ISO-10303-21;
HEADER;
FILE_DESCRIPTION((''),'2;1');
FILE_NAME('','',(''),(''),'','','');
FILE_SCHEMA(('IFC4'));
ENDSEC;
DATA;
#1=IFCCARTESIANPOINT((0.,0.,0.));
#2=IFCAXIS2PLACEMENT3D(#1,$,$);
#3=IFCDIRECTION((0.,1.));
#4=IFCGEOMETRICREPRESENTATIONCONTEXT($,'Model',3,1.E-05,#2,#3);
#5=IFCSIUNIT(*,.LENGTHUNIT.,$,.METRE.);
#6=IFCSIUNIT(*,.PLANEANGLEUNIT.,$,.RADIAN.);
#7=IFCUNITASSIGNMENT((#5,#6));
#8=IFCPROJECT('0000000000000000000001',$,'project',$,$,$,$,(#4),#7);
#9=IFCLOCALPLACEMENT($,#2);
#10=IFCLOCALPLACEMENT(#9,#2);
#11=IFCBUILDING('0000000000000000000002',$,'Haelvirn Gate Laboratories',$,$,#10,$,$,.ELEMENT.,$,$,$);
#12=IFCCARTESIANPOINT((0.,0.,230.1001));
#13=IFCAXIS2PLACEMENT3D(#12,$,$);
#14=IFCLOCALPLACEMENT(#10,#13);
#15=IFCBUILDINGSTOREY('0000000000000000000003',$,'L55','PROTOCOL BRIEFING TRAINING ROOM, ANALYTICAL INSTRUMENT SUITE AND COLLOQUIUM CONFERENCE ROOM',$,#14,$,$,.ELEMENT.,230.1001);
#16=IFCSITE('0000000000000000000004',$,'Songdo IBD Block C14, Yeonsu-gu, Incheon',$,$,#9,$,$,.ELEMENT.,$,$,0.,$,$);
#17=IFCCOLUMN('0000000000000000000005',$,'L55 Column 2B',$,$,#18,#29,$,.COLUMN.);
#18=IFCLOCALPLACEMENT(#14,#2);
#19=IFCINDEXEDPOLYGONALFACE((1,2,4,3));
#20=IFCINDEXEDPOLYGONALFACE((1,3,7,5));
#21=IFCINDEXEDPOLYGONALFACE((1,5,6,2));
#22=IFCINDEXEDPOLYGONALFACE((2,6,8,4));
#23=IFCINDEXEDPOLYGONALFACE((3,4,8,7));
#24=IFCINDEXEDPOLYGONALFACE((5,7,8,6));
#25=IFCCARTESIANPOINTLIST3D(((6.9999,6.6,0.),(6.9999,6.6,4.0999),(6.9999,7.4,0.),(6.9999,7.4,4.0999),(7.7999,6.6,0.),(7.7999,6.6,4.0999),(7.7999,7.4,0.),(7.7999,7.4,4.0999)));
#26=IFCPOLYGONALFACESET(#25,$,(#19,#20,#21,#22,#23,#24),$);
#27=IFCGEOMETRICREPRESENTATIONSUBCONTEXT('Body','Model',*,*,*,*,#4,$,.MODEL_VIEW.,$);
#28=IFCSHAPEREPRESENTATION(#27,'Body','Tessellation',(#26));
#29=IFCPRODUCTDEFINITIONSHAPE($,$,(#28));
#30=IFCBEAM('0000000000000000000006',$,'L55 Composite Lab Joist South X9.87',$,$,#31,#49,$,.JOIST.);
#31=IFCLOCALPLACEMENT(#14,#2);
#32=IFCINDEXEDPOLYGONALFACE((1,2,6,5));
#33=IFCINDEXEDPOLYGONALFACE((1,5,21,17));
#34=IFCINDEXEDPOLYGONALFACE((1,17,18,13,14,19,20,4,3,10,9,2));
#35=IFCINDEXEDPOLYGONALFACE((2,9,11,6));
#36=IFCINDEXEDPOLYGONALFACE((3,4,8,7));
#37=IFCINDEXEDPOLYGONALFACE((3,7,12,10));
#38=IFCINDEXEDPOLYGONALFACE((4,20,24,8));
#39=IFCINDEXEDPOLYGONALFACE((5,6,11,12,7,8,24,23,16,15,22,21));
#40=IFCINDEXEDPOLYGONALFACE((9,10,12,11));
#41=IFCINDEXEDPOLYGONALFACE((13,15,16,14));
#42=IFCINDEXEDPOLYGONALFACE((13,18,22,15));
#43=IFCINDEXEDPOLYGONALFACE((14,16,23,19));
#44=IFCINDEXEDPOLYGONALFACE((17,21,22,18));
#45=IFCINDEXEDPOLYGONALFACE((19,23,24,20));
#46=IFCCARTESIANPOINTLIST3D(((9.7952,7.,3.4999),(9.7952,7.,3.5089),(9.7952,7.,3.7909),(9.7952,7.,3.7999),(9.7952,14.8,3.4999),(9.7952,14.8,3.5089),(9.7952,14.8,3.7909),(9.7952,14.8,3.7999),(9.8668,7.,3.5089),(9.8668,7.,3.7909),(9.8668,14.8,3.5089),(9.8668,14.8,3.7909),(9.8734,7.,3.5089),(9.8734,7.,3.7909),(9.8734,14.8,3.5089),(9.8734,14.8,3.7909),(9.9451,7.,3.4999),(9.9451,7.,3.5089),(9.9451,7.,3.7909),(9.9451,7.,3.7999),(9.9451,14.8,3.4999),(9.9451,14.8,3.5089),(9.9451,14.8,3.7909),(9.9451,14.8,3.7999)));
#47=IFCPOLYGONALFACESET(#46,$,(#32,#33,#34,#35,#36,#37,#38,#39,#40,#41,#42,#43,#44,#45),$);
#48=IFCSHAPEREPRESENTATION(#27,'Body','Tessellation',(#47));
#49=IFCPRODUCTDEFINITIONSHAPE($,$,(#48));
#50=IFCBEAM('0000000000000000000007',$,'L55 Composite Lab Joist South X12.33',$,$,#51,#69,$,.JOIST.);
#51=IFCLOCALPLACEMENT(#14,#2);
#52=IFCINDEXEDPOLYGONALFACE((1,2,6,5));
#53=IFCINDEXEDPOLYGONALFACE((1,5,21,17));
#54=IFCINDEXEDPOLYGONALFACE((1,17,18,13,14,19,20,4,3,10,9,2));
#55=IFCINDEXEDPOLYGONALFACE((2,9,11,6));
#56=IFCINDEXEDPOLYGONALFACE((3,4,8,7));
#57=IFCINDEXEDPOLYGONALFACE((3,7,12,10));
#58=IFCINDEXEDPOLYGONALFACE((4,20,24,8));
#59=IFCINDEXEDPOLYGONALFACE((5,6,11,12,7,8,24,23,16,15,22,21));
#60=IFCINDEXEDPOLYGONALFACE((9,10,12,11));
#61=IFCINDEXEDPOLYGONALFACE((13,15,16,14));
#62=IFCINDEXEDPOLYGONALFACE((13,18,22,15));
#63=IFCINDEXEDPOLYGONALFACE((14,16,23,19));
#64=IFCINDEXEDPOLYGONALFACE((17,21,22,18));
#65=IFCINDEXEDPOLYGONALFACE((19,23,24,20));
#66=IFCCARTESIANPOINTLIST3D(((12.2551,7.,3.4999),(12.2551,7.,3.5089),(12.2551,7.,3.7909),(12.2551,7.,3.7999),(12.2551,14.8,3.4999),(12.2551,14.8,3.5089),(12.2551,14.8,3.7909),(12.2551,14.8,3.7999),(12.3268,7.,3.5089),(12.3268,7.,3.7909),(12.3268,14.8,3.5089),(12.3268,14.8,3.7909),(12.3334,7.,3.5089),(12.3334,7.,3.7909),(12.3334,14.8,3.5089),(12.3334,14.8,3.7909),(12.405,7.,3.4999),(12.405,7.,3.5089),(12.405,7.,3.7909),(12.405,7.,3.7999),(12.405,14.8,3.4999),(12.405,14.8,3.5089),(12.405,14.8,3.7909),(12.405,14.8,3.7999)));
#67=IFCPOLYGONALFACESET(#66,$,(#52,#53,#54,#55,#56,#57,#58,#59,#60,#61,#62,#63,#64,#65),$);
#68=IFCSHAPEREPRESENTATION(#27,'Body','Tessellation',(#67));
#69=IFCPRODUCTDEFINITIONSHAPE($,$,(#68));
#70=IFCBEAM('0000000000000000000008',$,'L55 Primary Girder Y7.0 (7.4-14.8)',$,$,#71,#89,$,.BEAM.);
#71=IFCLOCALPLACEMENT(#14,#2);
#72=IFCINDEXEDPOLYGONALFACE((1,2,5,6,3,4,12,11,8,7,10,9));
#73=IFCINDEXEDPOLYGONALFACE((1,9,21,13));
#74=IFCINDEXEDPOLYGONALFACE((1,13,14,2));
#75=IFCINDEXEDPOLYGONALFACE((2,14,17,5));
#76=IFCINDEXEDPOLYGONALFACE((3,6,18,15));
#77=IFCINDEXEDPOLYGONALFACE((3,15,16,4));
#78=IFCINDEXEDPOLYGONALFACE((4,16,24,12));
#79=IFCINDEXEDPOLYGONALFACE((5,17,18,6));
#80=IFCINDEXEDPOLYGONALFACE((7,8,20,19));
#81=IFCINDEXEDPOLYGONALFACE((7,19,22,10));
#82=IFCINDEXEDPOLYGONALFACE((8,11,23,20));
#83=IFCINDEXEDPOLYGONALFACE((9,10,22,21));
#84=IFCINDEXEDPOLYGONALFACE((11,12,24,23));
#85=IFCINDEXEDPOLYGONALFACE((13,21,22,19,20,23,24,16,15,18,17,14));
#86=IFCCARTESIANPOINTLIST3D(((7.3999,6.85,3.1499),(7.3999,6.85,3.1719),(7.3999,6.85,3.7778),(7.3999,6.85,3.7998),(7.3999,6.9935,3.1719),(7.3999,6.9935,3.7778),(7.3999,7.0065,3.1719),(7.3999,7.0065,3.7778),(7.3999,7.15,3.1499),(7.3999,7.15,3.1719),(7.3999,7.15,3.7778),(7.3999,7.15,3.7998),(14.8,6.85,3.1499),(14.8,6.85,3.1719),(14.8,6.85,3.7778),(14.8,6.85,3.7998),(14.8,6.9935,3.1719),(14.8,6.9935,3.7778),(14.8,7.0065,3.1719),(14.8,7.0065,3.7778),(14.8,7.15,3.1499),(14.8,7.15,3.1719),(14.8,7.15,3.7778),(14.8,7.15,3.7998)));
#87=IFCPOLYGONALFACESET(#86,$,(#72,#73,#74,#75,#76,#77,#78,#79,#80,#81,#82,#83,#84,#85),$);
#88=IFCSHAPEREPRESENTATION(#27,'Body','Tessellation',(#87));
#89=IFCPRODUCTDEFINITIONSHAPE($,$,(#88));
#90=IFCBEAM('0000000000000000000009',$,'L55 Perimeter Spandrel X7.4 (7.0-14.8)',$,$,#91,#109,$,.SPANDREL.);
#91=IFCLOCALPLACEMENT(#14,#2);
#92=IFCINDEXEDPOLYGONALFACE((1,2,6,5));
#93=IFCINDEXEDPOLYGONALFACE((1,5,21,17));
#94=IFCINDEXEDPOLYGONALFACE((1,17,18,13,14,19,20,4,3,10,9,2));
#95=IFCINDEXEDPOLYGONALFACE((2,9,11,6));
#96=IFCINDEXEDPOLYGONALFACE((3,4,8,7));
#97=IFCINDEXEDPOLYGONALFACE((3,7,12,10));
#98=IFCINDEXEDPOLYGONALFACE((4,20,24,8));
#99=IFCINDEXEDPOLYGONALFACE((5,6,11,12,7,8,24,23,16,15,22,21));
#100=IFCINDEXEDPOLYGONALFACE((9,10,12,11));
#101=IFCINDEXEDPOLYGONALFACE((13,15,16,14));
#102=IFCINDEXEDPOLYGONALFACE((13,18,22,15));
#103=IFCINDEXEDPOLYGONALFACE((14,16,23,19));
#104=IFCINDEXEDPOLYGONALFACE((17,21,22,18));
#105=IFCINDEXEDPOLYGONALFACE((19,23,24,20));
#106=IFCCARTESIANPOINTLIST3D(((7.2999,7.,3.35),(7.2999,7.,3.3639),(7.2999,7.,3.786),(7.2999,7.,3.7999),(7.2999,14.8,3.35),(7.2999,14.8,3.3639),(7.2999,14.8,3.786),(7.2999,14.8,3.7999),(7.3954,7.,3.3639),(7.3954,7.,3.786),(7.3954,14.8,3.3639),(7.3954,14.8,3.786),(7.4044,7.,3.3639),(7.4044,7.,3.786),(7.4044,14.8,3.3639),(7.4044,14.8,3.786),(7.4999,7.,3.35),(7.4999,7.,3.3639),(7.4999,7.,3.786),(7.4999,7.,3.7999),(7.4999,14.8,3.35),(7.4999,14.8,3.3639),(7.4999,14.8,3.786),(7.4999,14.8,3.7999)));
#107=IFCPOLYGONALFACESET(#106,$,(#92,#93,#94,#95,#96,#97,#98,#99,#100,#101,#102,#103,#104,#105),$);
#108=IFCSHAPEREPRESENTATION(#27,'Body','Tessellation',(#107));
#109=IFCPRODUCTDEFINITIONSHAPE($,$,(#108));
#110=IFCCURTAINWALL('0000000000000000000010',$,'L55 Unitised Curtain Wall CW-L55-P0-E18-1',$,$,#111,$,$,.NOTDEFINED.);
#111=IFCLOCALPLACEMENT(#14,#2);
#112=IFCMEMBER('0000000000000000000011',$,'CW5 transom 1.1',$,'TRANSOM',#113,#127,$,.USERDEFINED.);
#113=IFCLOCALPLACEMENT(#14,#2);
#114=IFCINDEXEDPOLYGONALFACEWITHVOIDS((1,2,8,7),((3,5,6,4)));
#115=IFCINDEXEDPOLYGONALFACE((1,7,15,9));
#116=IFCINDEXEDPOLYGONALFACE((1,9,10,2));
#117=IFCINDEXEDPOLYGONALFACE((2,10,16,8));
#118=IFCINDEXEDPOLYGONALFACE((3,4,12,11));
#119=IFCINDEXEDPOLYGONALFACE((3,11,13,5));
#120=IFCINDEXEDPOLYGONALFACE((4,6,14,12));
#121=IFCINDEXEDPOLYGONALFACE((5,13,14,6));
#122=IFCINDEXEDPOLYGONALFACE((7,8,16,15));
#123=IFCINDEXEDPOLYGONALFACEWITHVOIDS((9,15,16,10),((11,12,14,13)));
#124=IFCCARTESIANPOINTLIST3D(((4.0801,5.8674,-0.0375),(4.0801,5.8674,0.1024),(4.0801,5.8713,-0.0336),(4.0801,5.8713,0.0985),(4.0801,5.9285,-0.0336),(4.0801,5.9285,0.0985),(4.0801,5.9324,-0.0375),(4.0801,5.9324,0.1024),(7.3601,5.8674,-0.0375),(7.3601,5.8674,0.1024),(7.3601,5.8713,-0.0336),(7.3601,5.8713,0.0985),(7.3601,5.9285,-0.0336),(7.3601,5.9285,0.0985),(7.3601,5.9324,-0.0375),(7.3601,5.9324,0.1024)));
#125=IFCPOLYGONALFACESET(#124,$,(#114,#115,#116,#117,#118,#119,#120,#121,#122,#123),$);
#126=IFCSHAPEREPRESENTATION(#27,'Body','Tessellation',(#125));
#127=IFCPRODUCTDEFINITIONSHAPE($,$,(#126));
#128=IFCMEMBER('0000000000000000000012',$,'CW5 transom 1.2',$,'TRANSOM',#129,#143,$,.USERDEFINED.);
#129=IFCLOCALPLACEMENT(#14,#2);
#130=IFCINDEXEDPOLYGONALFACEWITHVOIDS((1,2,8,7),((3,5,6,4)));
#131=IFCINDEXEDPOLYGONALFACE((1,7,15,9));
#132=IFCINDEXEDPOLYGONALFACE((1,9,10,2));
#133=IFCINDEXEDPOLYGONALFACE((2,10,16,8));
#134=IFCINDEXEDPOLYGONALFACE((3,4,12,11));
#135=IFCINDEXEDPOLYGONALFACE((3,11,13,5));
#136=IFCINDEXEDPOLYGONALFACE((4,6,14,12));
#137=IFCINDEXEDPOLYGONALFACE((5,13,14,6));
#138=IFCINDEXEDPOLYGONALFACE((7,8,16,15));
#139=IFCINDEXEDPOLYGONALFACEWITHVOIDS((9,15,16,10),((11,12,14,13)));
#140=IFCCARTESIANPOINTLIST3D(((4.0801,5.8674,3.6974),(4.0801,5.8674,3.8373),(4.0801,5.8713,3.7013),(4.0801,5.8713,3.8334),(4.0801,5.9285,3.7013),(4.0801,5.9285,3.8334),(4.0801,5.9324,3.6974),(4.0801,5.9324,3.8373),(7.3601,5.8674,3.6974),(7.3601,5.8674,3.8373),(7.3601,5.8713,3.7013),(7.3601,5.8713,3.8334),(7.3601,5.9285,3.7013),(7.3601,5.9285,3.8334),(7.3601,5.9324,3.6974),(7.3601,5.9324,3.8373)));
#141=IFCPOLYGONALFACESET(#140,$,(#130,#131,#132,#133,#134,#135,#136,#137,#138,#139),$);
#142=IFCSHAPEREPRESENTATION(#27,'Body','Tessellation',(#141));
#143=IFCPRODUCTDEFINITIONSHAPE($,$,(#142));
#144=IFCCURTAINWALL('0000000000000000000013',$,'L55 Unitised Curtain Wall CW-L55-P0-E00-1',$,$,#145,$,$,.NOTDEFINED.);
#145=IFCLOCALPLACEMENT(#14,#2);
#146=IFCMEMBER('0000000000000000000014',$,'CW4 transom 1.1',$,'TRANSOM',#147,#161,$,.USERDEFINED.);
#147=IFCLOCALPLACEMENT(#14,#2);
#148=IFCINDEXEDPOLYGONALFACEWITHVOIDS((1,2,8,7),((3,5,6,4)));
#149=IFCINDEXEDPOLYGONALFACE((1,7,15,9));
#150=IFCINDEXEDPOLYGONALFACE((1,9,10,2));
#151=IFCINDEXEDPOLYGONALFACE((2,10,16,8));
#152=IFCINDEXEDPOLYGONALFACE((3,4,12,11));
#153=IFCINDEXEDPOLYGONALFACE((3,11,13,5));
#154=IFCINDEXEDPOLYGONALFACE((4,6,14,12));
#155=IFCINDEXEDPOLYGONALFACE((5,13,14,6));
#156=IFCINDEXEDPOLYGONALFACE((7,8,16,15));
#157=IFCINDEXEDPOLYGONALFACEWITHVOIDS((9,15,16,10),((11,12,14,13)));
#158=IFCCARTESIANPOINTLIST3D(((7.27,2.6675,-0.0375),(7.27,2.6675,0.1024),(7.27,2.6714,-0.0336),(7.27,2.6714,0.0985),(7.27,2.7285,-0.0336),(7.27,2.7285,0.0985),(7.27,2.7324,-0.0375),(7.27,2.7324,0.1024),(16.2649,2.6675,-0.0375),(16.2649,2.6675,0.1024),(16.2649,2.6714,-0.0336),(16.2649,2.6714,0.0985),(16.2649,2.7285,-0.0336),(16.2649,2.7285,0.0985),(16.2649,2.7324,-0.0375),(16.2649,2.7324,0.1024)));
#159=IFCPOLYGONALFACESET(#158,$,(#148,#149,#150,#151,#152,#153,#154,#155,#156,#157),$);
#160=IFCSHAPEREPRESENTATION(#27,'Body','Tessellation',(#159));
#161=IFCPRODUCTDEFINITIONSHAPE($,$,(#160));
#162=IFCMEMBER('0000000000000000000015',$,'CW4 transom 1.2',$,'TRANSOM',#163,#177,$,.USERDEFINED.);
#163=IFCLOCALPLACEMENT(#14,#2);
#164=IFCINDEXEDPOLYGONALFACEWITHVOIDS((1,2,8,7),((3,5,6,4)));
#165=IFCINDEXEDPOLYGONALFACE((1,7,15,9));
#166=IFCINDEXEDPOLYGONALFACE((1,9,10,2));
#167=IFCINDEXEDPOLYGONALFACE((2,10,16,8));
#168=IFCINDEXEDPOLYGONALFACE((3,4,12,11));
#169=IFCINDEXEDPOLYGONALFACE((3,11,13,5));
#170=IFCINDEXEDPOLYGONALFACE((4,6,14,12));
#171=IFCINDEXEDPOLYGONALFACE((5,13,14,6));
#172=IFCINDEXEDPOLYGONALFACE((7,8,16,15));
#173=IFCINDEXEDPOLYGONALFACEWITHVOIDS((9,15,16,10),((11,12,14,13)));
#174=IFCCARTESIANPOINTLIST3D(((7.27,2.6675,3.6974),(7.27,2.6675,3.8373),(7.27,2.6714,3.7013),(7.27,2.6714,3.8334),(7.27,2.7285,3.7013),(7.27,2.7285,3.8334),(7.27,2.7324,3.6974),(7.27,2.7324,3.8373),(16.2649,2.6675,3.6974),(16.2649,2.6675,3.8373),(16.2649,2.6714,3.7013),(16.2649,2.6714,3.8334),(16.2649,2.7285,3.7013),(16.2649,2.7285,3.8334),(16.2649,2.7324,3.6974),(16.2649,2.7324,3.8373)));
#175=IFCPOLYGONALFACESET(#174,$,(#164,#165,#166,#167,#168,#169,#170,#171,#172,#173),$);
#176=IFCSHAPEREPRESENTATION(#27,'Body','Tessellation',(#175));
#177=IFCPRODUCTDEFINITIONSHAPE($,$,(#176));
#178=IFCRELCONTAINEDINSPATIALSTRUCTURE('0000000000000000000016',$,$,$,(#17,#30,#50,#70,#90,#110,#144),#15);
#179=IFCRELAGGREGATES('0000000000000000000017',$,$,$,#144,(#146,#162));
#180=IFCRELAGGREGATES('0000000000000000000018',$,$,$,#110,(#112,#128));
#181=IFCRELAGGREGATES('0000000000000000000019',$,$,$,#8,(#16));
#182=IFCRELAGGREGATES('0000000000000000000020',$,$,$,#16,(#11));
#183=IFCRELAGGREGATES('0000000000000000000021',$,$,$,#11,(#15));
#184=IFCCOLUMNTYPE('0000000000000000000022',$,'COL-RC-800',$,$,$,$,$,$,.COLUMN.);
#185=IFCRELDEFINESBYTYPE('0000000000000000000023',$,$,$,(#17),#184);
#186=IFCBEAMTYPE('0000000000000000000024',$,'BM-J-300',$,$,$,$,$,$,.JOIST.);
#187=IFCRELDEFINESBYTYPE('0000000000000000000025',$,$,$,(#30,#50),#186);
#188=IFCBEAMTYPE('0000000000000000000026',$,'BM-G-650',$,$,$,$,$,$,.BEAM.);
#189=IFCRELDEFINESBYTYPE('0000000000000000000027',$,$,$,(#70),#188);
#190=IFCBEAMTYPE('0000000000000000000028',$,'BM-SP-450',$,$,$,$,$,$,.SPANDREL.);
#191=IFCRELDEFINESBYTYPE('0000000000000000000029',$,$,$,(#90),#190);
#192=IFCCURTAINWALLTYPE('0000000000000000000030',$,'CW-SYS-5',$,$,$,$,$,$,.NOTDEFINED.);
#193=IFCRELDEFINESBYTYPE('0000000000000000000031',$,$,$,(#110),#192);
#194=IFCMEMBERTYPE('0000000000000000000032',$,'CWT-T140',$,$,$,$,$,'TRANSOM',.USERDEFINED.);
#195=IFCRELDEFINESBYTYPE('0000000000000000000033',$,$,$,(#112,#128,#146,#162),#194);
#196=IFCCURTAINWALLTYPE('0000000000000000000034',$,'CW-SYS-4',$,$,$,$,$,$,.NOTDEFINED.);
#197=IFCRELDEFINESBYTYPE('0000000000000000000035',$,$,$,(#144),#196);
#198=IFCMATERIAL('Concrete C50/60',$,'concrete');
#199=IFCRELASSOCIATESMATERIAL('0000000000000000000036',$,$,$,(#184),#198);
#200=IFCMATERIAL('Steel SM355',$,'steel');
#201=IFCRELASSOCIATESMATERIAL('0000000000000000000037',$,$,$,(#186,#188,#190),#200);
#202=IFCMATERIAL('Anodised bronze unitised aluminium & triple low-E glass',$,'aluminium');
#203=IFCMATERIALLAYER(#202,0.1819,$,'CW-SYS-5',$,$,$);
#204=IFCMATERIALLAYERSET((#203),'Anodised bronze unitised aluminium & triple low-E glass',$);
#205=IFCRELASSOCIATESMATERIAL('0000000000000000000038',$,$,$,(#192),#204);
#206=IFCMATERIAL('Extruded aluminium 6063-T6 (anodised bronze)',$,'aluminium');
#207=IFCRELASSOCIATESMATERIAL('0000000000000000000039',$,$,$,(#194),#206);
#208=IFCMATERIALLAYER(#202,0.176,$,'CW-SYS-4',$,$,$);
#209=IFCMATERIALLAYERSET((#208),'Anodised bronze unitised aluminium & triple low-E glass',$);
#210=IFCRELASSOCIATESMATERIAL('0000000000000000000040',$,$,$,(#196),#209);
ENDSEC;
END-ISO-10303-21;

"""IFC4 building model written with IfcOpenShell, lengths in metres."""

from ifc_helpers import new_model, si_unit, direction, frame, origin, origin_2d, place, context, subcontext, project, spatial, rectangle, hollow_rectangle, i_section, extrude, source, transform, mapped, material, layer, layer_set, material_profile, profile_set, type_object, type_shapes, element, aggregate, save


model = new_model("IFC4")

# Units and contexts
model_context = context("Model", 3, precision=1e-05, world=origin(), true_north=direction((0.0, 1.0)))
body_context = subcontext(model_context, "Body", "Model", "MODEL_VIEW")
ifc_project = project(units=[si_unit("LENGTHUNIT", "METRE"), si_unit("PLANEANGLEUNIT", "RADIAN")], contexts=[model_context])

# Site, building, storey
site_placement = place(None, origin())
site = spatial("IfcSite", under=ifc_project, at=site_placement, Name="Songdo IBD Block C14, Yeonsu-gu, Incheon", CompositionType="ELEMENT", RefElevation=0.0)
building_placement = place(site_placement, origin())
building = spatial("IfcBuilding", under=site, at=building_placement, Name="Haelvirn Gate Laboratories", CompositionType="ELEMENT")
storey_placement = place(building_placement, frame((0.0, 0.0, 230.1001)))
storey = spatial("IfcBuildingStorey", under=building, at=storey_placement, Name="L55", Description="PROTOCOL BRIEFING TRAINING ROOM, ANALYTICAL INSTRUMENT SUITE AND COLLOQUIUM CONFERENCE ROOM", CompositionType="ELEMENT", Elevation=230.1001)

# Column
ifc_material_1 = material(Name="Concrete C50/60", Category="concrete")
ifc_material_profile_1 = material_profile(ifc_material_1, rectangle(XDim=0.8, YDim=0.8, at=origin_2d()), Name="RC-800x800")
ifc_profile_set_1 = profile_set([ifc_material_profile_1], Name="Concrete C50/60")
column_type = type_object("IfcColumnType", Name="COL-RC-800", PredefinedType="COLUMN", material=ifc_profile_set_1)
shared_shape_1 = source(origin(), body_context, "Body", "SweptSolid", [
    extrude(rectangle(XDim=0.8, YDim=0.8, at=origin_2d()), origin(), (0.0, 0.0, 1.0), 4.0999),
])
type_shapes(column_type, [shared_shape_1])
column_placement = place(storey_placement, frame((7.3999, 7.0, 0.0), z_axis=(0.0, 0.0, 1.0), x_axis=(1.0, 0.0, 0.0)))
element("IfcColumn", 1, at=column_placement, inside=storey, type_object=column_type, Name="L55 Column 2B", PredefinedType="COLUMN", context=body_context, shape_type="MappedRepresentation", body=[
    mapped(shared_shape_1, transform((0.0, 0.0, 0.0), scale=1.0)),
])

# Beams
ifc_material_2 = material(Name="Steel SM355", Category="steel")
ifc_material_profile_2 = material_profile(ifc_material_2, i_section(OverallWidth=0.1499, OverallDepth=0.3, WebThickness=0.0066, FlangeThickness=0.009, at=origin_2d()), Name="H-300x150x6.5x9")
ifc_profile_set_2 = profile_set([ifc_material_profile_2], Name="Steel SM355")
beam_type_1 = type_object("IfcBeamType", Name="BM-J-300", PredefinedType="JOIST", material=ifc_profile_set_2)
shared_shape_2 = source(origin(), body_context, "Body", "SweptSolid", [
    extrude(i_section(OverallWidth=0.1499, OverallDepth=0.3, WebThickness=0.0066, FlangeThickness=0.009, at=origin_2d()), origin(), (0.0, 0.0, 1.0), 7.8),
])
type_shapes(beam_type_1, [shared_shape_2])
for number, where, z_axis, x_axis, name in (
    (2, (9.8701, 7.0, 3.6499), (0.0, 1.0, 0.0), (-1.0, 0.0, 0.0), "L55 Composite Lab Joist South X9.87"),
    (3, (12.3301, 7.0, 3.6499), (0.0, 1.0, 0.0), (-1.0, 0.0, 0.0), "L55 Composite Lab Joist South X12.33"),
):
    element("IfcBeam", number, at=place(storey_placement, frame(where, z_axis=z_axis, x_axis=x_axis)), inside=storey, type_object=beam_type_1, Name=name, PredefinedType="JOIST", context=body_context, shape_type="MappedRepresentation", body=[
        mapped(shared_shape_2, transform((0.0, 0.0, 0.0), scale=1.0)),
    ])
ifc_material_profile_3 = material_profile(ifc_material_2, i_section(OverallWidth=0.3, OverallDepth=0.6499, WebThickness=0.0129, FlangeThickness=0.022, at=origin_2d()), Name="H-650x300x13x22")
ifc_profile_set_3 = profile_set([ifc_material_profile_3], Name="Steel SM355")
beam_type_2 = type_object("IfcBeamType", Name="BM-G-650", PredefinedType="BEAM", material=ifc_profile_set_3)
shared_shape_3 = source(origin(), body_context, "Body", "SweptSolid", [
    extrude(i_section(OverallWidth=0.3, OverallDepth=0.6499, WebThickness=0.0129, FlangeThickness=0.022, at=origin_2d()), origin(), (0.0, 0.0, 1.0), 7.4001),
])
type_shapes(beam_type_2, [shared_shape_3])
beam_1_placement = place(storey_placement, frame((7.3999, 7.0, 3.4749), z_axis=(1.0, 0.0, 0.0), x_axis=(0.0, 1.0, 0.0)))
element("IfcBeam", 4, at=beam_1_placement, inside=storey, type_object=beam_type_2, Name="L55 Primary Girder Y7.0 (7.4-14.8)", PredefinedType="BEAM", context=body_context, shape_type="MappedRepresentation", body=[
    mapped(shared_shape_3, transform((0.0, 0.0, 0.0), scale=1.0)),
])
ifc_material_profile_4 = material_profile(ifc_material_2, i_section(OverallWidth=0.2, OverallDepth=0.45, WebThickness=0.009, FlangeThickness=0.0139, at=origin_2d()), Name="H-450x200x9x14")
ifc_profile_set_4 = profile_set([ifc_material_profile_4], Name="Steel SM355")
beam_type_3 = type_object("IfcBeamType", Name="BM-SP-450", PredefinedType="SPANDREL", material=ifc_profile_set_4)
shared_shape_4 = source(origin(), body_context, "Body", "SweptSolid", [
    extrude(i_section(OverallWidth=0.2, OverallDepth=0.45, WebThickness=0.009, FlangeThickness=0.0139, at=origin_2d()), origin(), (0.0, 0.0, 1.0), 7.8),
])
type_shapes(beam_type_3, [shared_shape_4])
beam_2_placement = place(storey_placement, frame((7.3999, 7.0, 3.575), z_axis=(0.0, 1.0, 0.0), x_axis=(-1.0, 0.0, 0.0)))
element("IfcBeam", 5, at=beam_2_placement, inside=storey, type_object=beam_type_3, Name="L55 Perimeter Spandrel X7.4 (7.0-14.8)", PredefinedType="SPANDREL", context=body_context, shape_type="MappedRepresentation", body=[
    mapped(shared_shape_4, transform((0.0, 0.0, 0.0), scale=1.0)),
])

# Curtain walls, members
ifc_material_3 = material(Name="Anodised bronze unitised aluminium & triple low-E glass", Category="aluminium")
ifc_layer_1 = layer(ifc_material_3, 0.1819, Name="CW-SYS-5")
ifc_layer_set_1 = layer_set([ifc_layer_1], Name="Anodised bronze unitised aluminium & triple low-E glass")
curtain_wall_type_1 = type_object("IfcCurtainWallType", Name="CW-SYS-5", PredefinedType="NOTDEFINED", material=ifc_layer_set_1)
curtain_wall_1_placement = place(storey_placement, origin())
curtain_wall_1 = element("IfcCurtainWall", 6, at=curtain_wall_1_placement, inside=storey, type_object=curtain_wall_type_1, Name="L55 Unitised Curtain Wall CW-L55-P0-E18-1", PredefinedType="NOTDEFINED")
ifc_material_4 = material(Name="Extruded aluminium 6063-T6 (anodised bronze)", Category="aluminium")
ifc_material_profile_5 = material_profile(ifc_material_4, hollow_rectangle(XDim=0.0649, YDim=0.1399, WallThickness=0.0039, at=origin_2d()), Name="CWT-140x65x4")
ifc_profile_set_5 = profile_set([ifc_material_profile_5], Name="Extruded aluminium 6063-T6 (anodised bronze)")
member_type_1 = type_object("IfcMemberType", Name="CWT-T140", ElementType="TRANSOM", PredefinedType="USERDEFINED", material=ifc_profile_set_5)
shared_shape_5 = source(origin(), body_context, "Body", "SweptSolid", [
    extrude(hollow_rectangle(XDim=0.0649, YDim=0.1399, WallThickness=0.0039, at=origin_2d()), origin(), (0.0, 0.0, 1.0), 3.28),
])
member_1_placement = place(storey_placement, frame((4.0801, 5.8999, 0.0325), z_axis=(1.0, 0.0, 0.0), x_axis=(0.0, 1.0, 0.0)))
member_1 = element("IfcMember", 7, at=member_1_placement, type_object=member_type_1, Name="CW5 transom 1.1", ObjectType="TRANSOM", PredefinedType="USERDEFINED", context=body_context, shape_type="MappedRepresentation", body=[
    mapped(shared_shape_5, transform((0.0, 0.0, 0.0), scale=1.0)),
])
member_2_placement = place(storey_placement, frame((4.0801, 5.8999, 3.7673), z_axis=(1.0, 0.0, 0.0), x_axis=(0.0, 1.0, 0.0)))
member_2 = element("IfcMember", 8, at=member_2_placement, type_object=member_type_1, Name="CW5 transom 1.2", ObjectType="TRANSOM", PredefinedType="USERDEFINED", context=body_context, shape_type="MappedRepresentation", body=[
    mapped(shared_shape_5, transform((0.0, 0.0, 0.0), scale=1.0)),
])
ifc_layer_2 = layer(ifc_material_3, 0.176, Name="CW-SYS-4")
ifc_layer_set_2 = layer_set([ifc_layer_2], Name="Anodised bronze unitised aluminium & triple low-E glass")
curtain_wall_type_2 = type_object("IfcCurtainWallType", Name="CW-SYS-4", PredefinedType="NOTDEFINED", material=ifc_layer_set_2)
curtain_wall_2_placement = place(storey_placement, origin())
curtain_wall_2 = element("IfcCurtainWall", 9, at=curtain_wall_2_placement, inside=storey, type_object=curtain_wall_type_2, Name="L55 Unitised Curtain Wall CW-L55-P0-E00-1", PredefinedType="NOTDEFINED")
shared_shape_6 = source(origin(), body_context, "Body", "SweptSolid", [
    extrude(hollow_rectangle(XDim=0.0649, YDim=0.1399, WallThickness=0.0039, at=origin_2d()), origin(), (0.0, 0.0, 1.0), 8.9949),
])
type_shapes(member_type_1, [shared_shape_5, shared_shape_6])
member_3_placement = place(storey_placement, frame((7.27, 2.7, 0.0325), z_axis=(1.0, 0.0, 0.0), x_axis=(0.0, 1.0, 0.0)))
member_3 = element("IfcMember", 10, at=member_3_placement, type_object=member_type_1, Name="CW4 transom 1.1", ObjectType="TRANSOM", PredefinedType="USERDEFINED", context=body_context, shape_type="MappedRepresentation", body=[
    mapped(shared_shape_6, transform((0.0, 0.0, 0.0), scale=1.0)),
])
member_4_placement = place(storey_placement, frame((7.27, 2.7, 3.7673), z_axis=(1.0, 0.0, 0.0), x_axis=(0.0, 1.0, 0.0)))
member_4 = element("IfcMember", 11, at=member_4_placement, type_object=member_type_1, Name="CW4 transom 1.2", ObjectType="TRANSOM", PredefinedType="USERDEFINED", context=body_context, shape_type="MappedRepresentation", body=[
    mapped(shared_shape_6, transform((0.0, 0.0, 0.0), scale=1.0)),
])

aggregate(curtain_wall_2, [member_3, member_4])
aggregate(curtain_wall_1, [member_1, member_2])

save(model, "model.ifc")
